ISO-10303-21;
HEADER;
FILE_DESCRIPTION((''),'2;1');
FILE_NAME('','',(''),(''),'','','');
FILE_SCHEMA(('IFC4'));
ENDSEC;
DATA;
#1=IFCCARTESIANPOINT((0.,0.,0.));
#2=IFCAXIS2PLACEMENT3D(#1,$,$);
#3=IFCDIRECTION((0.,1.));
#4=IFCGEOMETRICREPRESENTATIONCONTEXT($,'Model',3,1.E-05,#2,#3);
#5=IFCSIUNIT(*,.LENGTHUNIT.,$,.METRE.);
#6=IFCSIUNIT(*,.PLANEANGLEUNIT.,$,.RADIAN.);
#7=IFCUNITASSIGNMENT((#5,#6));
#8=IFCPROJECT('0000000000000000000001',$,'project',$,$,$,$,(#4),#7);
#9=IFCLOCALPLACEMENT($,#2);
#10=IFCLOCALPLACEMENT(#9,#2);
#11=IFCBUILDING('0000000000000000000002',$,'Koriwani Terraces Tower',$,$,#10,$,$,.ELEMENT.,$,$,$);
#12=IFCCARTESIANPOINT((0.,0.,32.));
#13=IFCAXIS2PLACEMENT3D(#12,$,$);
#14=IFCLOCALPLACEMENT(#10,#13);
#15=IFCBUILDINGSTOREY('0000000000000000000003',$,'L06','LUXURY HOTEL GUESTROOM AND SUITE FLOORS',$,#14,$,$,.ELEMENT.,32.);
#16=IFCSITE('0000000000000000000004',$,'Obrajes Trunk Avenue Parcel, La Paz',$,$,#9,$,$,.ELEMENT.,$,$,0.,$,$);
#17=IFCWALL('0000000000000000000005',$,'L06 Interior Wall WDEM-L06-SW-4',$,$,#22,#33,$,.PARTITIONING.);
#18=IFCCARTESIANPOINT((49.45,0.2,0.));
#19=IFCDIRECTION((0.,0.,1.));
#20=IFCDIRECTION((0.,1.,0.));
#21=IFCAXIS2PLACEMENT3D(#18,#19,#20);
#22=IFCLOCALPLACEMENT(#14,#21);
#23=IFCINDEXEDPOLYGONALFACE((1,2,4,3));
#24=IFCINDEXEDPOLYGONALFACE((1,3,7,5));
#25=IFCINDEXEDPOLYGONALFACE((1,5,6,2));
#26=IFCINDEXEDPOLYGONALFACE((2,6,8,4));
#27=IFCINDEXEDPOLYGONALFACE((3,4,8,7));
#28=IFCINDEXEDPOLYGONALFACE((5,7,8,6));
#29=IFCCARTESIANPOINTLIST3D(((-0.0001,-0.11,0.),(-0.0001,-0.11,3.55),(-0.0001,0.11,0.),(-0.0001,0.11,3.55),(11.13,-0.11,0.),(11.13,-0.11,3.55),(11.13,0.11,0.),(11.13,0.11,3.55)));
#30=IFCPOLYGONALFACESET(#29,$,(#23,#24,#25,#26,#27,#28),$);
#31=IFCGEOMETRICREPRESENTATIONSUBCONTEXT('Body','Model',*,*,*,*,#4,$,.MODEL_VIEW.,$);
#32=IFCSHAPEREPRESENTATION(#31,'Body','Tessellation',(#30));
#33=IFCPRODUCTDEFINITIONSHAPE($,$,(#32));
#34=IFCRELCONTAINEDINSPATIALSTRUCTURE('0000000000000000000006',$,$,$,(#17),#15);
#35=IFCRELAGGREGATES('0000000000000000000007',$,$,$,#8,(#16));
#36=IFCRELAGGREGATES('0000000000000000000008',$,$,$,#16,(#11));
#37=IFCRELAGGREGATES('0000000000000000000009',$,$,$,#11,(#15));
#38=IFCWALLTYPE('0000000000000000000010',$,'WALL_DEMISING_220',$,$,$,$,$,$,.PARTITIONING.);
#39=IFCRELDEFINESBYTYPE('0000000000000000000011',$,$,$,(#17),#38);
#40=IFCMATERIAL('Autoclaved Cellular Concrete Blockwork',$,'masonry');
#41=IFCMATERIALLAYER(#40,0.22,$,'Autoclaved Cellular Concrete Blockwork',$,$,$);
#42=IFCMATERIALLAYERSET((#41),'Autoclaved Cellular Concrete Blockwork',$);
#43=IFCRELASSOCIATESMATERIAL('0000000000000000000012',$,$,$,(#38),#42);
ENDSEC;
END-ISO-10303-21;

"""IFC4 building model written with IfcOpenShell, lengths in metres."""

from ifc_helpers import new_model, si_unit, direction, frame, frame_2d, origin, place, context, subcontext, project, spatial, rectangle, extrude, material, layer, layer_set, type_object, element, save


model = new_model("IFC4")

# Units and contexts
model_context = context("Model", 3, precision=1e-05, world=origin(), true_north=direction((0.0, 1.0)))
body_context = subcontext(model_context, "Body", "Model", "MODEL_VIEW")
ifc_project = project(units=[si_unit("LENGTHUNIT", "METRE"), si_unit("PLANEANGLEUNIT", "RADIAN")], contexts=[model_context])

# Site, building, storey
site_placement = place(None, origin())
site = spatial("IfcSite", under=ifc_project, at=site_placement, Name="Obrajes Trunk Avenue Parcel, La Paz", CompositionType="ELEMENT", RefElevation=0.0)
building_placement = place(site_placement, origin())
building = spatial("IfcBuilding", under=site, at=building_placement, Name="Koriwani Terraces Tower", CompositionType="ELEMENT")
storey_placement = place(building_placement, frame((0.0, 0.0, 32.0)))
storey = spatial("IfcBuildingStorey", under=building, at=storey_placement, Name="L06", Description="LUXURY HOTEL GUESTROOM AND SUITE FLOORS", CompositionType="ELEMENT", Elevation=32.0)

# Wall
ifc_material_1 = material(Name="Autoclaved Cellular Concrete Blockwork", Category="masonry")
ifc_layer_1 = layer(ifc_material_1, 0.22, Name="Autoclaved Cellular Concrete Blockwork")
ifc_layer_set_1 = layer_set([ifc_layer_1], Name="Autoclaved Cellular Concrete Blockwork")
wall_type_1 = type_object("IfcWallType", Name="WALL_DEMISING_220", PredefinedType="PARTITIONING", material=ifc_layer_set_1)
wall_1_placement = place(storey_placement, frame((49.45, 0.2, 0.0), z_axis=(0.0, 0.0, 1.0), x_axis=(0.0, 1.0, 0.0)))
element("IfcWall", 1, at=wall_1_placement, inside=storey, type_object=wall_type_1, Name="L06 Interior Wall WDEM-L06-SW-4", PredefinedType="PARTITIONING", context=body_context, shape_type="SweptSolid", body=[
    extrude(rectangle(XDim=11.1301, YDim=0.22, at=frame_2d((5.5649, 0.0))), origin(), (0.0, 0.0, 1.0), 3.55),
])

save(model, "model.ifc")
